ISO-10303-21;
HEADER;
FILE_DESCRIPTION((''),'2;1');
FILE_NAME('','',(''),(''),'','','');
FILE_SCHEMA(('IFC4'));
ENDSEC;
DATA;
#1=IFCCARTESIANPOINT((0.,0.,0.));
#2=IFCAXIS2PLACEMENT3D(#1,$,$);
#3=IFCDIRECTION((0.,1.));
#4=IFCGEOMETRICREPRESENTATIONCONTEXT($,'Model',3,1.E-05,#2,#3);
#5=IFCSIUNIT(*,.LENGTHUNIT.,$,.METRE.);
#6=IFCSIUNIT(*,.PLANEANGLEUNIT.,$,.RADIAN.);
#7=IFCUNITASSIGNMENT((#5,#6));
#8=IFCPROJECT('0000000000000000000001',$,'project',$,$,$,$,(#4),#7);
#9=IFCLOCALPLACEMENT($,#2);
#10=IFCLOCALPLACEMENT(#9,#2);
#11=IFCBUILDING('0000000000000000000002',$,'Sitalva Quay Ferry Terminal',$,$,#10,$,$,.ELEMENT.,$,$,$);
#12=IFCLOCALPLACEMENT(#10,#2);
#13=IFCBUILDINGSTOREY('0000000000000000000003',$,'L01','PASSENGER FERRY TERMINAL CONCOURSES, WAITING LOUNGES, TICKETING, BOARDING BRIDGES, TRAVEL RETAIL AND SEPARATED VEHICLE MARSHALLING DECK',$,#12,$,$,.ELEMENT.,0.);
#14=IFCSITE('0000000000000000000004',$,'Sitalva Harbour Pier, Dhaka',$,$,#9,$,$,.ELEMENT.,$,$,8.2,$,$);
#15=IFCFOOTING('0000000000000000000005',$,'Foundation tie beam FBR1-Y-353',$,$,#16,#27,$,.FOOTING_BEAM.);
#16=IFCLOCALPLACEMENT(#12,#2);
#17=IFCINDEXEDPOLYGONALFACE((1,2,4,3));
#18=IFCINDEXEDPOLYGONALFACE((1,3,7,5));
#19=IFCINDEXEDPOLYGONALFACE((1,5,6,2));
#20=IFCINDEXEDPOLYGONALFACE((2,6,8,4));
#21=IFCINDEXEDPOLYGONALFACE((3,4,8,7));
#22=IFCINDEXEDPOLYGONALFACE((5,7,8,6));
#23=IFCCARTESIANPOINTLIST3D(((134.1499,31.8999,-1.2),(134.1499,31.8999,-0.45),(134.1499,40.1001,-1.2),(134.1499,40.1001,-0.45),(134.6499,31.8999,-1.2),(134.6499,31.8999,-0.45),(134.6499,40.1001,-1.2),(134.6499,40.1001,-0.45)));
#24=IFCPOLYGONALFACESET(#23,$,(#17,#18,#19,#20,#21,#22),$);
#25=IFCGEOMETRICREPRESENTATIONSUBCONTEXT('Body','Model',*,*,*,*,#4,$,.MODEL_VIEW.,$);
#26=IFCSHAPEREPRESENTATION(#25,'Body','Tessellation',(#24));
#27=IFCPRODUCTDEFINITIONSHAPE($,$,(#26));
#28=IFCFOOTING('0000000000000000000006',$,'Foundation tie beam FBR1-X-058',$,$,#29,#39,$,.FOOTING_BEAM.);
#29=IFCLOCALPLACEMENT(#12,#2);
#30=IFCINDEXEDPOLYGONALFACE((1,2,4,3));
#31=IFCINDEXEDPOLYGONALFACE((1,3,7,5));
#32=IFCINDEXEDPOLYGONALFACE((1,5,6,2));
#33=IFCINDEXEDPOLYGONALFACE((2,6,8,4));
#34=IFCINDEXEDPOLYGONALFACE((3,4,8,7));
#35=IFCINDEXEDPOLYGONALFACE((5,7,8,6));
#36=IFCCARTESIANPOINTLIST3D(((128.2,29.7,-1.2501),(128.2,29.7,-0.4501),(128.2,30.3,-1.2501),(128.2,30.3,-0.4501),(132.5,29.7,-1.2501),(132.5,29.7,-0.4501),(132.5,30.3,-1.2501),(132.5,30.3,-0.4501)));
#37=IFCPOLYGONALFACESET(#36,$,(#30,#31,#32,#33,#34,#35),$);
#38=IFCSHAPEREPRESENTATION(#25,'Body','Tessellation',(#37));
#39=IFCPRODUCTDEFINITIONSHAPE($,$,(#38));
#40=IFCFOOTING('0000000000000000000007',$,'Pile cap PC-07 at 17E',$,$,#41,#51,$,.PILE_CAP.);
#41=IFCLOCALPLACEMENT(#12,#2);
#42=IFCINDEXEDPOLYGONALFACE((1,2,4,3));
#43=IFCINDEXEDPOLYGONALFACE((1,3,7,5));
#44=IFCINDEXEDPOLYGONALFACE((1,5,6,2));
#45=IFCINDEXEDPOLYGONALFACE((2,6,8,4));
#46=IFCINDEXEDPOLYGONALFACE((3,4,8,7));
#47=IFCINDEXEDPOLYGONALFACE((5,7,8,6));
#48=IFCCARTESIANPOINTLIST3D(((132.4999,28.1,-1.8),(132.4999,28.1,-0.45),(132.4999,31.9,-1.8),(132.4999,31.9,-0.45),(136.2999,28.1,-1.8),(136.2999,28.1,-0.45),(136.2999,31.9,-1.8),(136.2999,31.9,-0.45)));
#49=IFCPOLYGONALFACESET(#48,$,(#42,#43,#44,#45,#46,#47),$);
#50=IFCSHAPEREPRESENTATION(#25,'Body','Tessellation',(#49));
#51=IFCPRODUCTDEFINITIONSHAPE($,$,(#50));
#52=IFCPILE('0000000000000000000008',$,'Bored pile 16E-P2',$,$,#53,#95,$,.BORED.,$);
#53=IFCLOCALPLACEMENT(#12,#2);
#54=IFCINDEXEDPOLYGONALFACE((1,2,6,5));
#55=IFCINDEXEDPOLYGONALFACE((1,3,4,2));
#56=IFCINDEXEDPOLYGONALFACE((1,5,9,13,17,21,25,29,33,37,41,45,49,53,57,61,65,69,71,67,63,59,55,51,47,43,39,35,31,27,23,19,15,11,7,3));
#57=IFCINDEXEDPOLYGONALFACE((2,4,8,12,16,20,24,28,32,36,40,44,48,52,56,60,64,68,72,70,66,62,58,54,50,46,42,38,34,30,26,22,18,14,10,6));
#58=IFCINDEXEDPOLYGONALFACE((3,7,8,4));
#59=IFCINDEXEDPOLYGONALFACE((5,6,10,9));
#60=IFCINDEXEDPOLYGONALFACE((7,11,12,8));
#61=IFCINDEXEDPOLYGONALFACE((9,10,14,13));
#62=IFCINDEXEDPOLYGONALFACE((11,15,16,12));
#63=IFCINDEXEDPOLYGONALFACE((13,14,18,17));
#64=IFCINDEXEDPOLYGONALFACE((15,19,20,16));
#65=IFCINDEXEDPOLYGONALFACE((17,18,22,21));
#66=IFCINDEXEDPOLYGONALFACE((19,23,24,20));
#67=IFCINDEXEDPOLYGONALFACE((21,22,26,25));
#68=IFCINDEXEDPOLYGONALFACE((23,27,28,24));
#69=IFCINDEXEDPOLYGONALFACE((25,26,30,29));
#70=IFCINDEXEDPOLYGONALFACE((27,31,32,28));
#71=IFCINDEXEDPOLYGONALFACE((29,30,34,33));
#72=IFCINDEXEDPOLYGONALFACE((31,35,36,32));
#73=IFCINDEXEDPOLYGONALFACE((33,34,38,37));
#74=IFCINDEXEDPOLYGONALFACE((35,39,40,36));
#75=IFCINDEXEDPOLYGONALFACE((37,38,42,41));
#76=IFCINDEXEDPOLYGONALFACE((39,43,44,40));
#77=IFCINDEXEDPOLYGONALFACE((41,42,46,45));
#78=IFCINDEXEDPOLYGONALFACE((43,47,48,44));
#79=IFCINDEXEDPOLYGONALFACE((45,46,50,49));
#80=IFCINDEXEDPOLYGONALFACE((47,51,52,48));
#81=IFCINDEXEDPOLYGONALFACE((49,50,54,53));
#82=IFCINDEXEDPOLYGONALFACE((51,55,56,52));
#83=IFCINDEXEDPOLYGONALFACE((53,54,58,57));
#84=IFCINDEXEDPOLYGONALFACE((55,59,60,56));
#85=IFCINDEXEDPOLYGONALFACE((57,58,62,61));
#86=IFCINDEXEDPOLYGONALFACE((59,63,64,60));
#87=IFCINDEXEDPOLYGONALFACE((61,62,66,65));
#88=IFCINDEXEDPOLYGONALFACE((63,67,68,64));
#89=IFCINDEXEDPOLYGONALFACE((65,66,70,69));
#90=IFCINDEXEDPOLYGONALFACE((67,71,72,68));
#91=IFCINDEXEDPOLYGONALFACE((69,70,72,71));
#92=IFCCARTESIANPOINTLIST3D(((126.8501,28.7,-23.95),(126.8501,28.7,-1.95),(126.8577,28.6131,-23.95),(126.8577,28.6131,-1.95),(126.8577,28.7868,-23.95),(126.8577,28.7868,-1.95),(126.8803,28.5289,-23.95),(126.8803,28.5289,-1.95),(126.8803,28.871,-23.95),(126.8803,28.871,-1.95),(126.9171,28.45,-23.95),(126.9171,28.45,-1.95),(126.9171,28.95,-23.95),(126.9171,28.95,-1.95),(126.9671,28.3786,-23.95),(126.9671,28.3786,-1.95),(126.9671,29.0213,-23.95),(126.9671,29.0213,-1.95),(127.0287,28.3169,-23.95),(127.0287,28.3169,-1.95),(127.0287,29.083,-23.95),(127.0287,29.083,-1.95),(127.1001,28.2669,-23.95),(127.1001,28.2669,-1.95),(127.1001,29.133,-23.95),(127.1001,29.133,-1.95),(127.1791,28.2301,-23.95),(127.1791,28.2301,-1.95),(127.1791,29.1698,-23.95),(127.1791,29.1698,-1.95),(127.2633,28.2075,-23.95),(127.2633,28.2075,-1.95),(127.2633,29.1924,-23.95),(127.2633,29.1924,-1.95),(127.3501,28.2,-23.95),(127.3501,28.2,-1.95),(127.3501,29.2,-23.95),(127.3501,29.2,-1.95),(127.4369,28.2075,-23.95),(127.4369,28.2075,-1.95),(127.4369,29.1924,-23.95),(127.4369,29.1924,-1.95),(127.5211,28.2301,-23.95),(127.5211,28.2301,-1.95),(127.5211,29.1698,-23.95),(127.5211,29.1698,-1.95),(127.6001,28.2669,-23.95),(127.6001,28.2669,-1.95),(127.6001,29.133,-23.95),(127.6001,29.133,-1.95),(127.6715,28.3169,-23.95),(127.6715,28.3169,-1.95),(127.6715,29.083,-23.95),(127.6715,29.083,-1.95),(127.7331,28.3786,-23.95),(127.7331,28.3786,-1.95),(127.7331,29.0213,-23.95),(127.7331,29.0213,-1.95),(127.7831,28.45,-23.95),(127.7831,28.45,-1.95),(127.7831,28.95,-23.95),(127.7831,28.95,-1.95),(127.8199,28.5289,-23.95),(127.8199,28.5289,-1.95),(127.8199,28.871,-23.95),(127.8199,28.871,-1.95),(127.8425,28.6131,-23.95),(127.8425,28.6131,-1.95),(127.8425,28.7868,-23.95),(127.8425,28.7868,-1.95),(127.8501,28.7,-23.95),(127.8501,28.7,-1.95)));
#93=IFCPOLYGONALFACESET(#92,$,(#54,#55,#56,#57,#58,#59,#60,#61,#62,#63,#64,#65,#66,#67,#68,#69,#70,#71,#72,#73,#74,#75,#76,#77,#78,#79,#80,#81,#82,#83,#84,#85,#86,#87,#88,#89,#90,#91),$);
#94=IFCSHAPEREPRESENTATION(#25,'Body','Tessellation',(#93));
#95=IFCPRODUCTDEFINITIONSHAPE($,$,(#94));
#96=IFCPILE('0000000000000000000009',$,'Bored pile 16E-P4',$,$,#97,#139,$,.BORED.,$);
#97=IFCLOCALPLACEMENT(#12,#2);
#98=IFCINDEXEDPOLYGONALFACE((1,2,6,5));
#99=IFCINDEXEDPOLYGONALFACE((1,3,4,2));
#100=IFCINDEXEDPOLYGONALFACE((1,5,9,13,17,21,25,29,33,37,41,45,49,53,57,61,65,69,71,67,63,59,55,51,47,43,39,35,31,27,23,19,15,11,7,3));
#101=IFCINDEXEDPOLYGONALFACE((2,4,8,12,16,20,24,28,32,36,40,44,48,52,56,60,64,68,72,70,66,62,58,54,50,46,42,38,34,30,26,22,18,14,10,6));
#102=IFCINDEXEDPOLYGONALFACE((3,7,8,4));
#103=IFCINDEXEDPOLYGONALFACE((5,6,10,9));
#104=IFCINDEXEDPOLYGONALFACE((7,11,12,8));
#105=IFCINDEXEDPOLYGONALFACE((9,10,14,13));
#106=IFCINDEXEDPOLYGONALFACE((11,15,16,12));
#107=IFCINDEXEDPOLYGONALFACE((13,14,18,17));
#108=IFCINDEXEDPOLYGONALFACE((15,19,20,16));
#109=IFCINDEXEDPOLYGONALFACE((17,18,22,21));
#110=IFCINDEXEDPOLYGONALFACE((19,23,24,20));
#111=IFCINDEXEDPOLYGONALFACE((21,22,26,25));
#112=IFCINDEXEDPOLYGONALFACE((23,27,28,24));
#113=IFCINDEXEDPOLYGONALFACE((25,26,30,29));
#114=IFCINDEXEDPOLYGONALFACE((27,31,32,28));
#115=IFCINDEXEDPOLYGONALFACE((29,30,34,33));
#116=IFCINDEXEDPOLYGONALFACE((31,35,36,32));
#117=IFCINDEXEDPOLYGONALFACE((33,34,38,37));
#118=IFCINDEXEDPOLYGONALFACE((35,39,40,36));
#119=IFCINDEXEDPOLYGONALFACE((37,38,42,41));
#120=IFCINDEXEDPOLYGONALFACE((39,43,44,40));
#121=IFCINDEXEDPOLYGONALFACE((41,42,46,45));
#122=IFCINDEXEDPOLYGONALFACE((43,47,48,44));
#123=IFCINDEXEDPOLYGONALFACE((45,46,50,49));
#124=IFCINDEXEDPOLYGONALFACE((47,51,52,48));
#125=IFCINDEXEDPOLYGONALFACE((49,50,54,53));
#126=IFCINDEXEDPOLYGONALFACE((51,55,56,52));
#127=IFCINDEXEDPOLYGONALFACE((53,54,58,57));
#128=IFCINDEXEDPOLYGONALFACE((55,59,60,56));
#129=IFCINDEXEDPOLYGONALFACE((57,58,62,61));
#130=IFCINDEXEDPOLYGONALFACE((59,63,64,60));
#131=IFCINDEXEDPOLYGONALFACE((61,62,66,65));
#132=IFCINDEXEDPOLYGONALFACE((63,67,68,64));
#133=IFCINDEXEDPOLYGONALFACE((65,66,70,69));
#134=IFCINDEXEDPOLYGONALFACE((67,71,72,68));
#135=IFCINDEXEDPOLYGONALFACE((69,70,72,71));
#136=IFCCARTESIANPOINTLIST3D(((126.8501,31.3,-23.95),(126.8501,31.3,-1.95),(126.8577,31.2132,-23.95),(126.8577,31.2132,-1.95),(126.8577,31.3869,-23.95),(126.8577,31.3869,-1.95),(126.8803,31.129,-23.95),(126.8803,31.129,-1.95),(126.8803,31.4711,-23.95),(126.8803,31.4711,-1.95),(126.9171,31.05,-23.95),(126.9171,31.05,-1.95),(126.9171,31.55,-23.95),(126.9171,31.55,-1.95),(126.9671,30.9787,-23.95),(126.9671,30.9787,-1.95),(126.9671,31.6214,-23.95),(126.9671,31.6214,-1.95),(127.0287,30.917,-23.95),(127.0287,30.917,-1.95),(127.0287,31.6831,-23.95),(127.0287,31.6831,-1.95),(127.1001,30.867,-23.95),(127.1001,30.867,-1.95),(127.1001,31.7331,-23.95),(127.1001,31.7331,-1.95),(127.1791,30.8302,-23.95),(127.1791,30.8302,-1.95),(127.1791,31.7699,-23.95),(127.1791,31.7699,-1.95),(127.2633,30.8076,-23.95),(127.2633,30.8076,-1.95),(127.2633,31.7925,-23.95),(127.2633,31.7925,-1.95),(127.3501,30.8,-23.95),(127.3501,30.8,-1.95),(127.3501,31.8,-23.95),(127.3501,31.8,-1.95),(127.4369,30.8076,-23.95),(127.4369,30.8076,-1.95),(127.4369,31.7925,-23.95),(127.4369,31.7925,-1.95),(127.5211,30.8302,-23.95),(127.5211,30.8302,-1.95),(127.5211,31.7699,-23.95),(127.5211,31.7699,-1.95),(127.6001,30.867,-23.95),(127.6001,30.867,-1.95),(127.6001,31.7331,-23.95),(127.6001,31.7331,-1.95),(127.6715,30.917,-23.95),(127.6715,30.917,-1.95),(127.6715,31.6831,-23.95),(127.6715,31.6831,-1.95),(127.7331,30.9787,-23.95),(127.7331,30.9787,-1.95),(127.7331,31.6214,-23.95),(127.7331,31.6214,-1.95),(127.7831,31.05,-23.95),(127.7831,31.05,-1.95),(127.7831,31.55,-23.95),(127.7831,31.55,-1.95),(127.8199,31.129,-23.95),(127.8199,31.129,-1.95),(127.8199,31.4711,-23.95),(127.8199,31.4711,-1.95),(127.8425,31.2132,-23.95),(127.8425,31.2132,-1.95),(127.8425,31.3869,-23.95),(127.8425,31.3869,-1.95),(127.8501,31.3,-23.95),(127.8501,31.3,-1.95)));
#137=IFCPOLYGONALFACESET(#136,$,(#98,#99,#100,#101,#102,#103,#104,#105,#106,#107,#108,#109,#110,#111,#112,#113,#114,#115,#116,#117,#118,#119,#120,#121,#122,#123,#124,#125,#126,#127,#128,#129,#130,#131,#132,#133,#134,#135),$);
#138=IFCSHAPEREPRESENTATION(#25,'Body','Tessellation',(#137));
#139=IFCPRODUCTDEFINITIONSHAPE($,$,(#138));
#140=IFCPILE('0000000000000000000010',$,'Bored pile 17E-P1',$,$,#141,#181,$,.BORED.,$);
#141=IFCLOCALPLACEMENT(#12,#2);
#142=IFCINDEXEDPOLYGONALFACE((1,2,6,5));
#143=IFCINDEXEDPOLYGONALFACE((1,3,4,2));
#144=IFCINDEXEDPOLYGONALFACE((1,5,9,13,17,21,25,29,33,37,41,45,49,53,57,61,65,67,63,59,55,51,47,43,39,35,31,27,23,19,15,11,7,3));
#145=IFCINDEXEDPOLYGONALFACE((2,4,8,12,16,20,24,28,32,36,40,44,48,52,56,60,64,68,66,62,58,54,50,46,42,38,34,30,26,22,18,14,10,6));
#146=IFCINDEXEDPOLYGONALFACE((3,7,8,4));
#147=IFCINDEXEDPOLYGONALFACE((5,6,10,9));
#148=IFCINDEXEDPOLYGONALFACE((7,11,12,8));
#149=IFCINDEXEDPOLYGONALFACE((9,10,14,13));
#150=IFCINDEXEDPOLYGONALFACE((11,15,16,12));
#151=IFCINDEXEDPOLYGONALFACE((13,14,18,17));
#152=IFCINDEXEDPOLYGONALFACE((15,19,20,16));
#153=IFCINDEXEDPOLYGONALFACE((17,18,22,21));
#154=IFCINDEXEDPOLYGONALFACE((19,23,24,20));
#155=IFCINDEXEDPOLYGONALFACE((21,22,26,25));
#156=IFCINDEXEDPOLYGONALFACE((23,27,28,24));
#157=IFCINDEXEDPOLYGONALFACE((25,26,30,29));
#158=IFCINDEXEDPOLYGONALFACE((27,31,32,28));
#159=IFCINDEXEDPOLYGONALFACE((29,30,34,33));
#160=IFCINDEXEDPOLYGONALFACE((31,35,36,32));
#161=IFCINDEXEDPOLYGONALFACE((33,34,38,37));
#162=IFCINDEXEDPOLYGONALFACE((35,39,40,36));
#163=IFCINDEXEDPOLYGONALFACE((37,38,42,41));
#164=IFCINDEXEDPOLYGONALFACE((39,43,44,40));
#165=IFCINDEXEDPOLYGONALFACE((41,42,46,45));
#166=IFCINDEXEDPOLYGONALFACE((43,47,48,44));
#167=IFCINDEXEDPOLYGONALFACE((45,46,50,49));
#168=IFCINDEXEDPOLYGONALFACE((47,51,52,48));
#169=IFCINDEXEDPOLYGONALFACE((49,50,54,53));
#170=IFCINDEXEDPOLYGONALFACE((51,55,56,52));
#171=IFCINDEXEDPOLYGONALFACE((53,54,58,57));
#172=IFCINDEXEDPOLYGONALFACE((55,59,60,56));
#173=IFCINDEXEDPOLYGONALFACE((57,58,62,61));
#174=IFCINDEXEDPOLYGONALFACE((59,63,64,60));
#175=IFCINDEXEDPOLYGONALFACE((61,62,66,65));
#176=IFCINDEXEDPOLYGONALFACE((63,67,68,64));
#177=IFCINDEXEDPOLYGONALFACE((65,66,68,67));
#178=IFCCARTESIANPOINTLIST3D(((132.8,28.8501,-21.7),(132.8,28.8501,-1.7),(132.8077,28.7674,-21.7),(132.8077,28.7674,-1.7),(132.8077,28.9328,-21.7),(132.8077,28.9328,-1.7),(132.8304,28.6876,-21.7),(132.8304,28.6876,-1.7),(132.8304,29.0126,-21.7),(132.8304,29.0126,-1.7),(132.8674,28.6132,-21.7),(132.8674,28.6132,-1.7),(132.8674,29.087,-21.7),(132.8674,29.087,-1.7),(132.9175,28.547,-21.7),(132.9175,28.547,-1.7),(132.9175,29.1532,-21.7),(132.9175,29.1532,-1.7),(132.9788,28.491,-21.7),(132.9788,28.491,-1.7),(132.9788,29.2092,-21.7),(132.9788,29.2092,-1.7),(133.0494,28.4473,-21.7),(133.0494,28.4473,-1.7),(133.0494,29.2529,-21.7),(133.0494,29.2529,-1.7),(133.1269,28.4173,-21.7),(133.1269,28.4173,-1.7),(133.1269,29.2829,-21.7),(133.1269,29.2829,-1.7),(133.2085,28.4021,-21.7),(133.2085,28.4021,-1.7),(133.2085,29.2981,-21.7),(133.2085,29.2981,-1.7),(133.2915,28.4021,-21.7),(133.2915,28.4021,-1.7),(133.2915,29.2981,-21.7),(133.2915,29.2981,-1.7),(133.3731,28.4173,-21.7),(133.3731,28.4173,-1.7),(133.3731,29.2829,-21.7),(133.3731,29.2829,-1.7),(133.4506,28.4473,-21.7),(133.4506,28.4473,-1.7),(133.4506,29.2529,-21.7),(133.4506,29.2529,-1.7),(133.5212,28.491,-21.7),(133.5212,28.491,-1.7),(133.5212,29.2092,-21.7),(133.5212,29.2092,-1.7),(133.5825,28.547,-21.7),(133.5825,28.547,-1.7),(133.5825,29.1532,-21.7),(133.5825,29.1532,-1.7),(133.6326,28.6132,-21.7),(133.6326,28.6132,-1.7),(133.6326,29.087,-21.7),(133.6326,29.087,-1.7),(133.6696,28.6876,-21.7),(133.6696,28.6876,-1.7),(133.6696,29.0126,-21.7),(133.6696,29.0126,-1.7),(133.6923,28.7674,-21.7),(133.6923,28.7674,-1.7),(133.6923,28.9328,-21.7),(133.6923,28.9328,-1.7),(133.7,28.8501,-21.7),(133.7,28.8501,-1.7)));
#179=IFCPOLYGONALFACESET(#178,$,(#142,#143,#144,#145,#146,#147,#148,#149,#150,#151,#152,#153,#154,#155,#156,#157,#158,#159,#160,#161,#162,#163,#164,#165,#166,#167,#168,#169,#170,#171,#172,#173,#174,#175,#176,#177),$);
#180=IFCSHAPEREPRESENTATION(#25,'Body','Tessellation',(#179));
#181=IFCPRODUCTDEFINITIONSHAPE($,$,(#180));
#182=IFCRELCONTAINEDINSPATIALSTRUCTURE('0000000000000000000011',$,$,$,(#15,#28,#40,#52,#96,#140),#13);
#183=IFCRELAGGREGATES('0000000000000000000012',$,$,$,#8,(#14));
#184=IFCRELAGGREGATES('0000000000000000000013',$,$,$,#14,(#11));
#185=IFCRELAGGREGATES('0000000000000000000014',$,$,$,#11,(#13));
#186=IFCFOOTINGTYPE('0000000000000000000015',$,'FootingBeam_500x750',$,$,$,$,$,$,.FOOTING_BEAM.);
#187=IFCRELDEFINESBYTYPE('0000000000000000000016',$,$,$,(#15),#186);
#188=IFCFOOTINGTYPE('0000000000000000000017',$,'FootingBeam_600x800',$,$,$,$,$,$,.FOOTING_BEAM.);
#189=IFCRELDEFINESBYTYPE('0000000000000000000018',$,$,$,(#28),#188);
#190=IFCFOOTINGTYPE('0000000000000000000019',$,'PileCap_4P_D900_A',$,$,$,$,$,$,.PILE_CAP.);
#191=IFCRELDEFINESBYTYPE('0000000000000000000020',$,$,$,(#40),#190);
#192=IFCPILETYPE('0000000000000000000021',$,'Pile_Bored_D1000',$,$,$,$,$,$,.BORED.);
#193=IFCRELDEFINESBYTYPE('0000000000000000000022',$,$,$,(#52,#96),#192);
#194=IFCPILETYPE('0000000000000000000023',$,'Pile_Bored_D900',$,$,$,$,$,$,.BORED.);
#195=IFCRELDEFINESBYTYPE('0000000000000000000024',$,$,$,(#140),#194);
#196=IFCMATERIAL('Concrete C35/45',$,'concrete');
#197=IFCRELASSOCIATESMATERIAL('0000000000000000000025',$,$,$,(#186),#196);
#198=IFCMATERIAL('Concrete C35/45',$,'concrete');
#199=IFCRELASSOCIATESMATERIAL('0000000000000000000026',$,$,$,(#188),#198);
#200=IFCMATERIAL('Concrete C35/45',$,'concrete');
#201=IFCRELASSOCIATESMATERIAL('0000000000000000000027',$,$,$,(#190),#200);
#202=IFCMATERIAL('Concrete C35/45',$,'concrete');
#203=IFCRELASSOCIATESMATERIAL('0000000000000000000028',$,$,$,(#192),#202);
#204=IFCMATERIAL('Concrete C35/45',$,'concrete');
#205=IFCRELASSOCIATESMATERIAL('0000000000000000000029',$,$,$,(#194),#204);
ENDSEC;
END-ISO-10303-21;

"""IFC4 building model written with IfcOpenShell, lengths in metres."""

from ifc_helpers import new_model, si_unit, direction, frame, origin, origin_2d, place, context, subcontext, project, spatial, rectangle, circle, extrude, material, material_profile, profile_set, type_object, element, save


model = new_model("IFC4")

# Units and contexts
model_context = context("Model", 3, precision=1e-05, world=origin(), true_north=direction((0.0, 1.0)))
body_context = subcontext(model_context, "Body", "Model", "MODEL_VIEW")
ifc_project = project(units=[si_unit("LENGTHUNIT", "METRE"), si_unit("PLANEANGLEUNIT", "RADIAN")], contexts=[model_context])

# Site, building, storey
site_placement = place(None, origin())
site = spatial("IfcSite", under=ifc_project, at=site_placement, Name="Sitalva Harbour Pier, Dhaka", CompositionType="ELEMENT", RefElevation=8.2)
building_placement = place(site_placement, origin())
building = spatial("IfcBuilding", under=site, at=building_placement, Name="Sitalva Quay Ferry Terminal", CompositionType="ELEMENT")
storey_placement = place(building_placement, origin())
storey = spatial("IfcBuildingStorey", under=building, at=storey_placement, Name="L01", Description="PASSENGER FERRY TERMINAL CONCOURSES, WAITING LOUNGES, TICKETING, BOARDING BRIDGES, TRAVEL RETAIL AND SEPARATED VEHICLE MARSHALLING DECK", CompositionType="ELEMENT", Elevation=0.0)

# Footings
ifc_material_1 = material(Name="Concrete C35/45", Category="concrete")
ifc_material_profile_1 = material_profile(ifc_material_1, rectangle(XDim=0.5, YDim=0.75, at=origin_2d()), Name="RC500x750")
ifc_profile_set_1 = profile_set([ifc_material_profile_1], Name="Concrete C35/45")
footing_type_1 = type_object("IfcFootingType", Name="FootingBeam_500x750", PredefinedType="FOOTING_BEAM", material=ifc_profile_set_1)
footing_1_placement = place(storey_placement, frame((134.3999, 31.8999, -0.825), z_axis=(0.0, 1.0, 0.0), x_axis=(-1.0, 0.0, 0.0)))
element("IfcFooting", 1, at=footing_1_placement, inside=storey, type_object=footing_type_1, Name="Foundation tie beam FBR1-Y-353", PredefinedType="FOOTING_BEAM", context=body_context, shape_type="SweptSolid", body=[
    extrude(rectangle(XDim=0.5, YDim=0.75, at=origin_2d()), origin(), (0.0, 0.0, 1.0), 8.2002),
])
ifc_material_2 = material(Name="Concrete C35/45", Category="concrete")
ifc_material_profile_2 = material_profile(ifc_material_2, rectangle(XDim=0.6001, YDim=0.8, at=origin_2d()), Name="RC600x800")
ifc_profile_set_2 = profile_set([ifc_material_profile_2], Name="Concrete C35/45")
footing_type_2 = type_object("IfcFootingType", Name="FootingBeam_600x800", PredefinedType="FOOTING_BEAM", material=ifc_profile_set_2)
footing_2_placement = place(storey_placement, frame((128.2, 30.0, -0.8501), z_axis=(1.0, 0.0, 0.0), x_axis=(0.0, 1.0, 0.0)))
element("IfcFooting", 2, at=footing_2_placement, inside=storey, type_object=footing_type_2, Name="Foundation tie beam FBR1-X-058", PredefinedType="FOOTING_BEAM", context=body_context, shape_type="SweptSolid", body=[
    extrude(rectangle(XDim=0.6001, YDim=0.8, at=origin_2d()), origin(), (0.0, 0.0, 1.0), 4.3),
])
ifc_material_3 = material(Name="Concrete C35/45", Category="concrete")
footing_type_3 = type_object("IfcFootingType", Name="PileCap_4P_D900_A", PredefinedType="PILE_CAP", material=ifc_material_3)
footing_3_placement = place(storey_placement, frame((134.3999, 30.0, -1.8), z_axis=(0.0, 0.0, 1.0), x_axis=(1.0, 0.0, 0.0)))
element("IfcFooting", 3, at=footing_3_placement, inside=storey, type_object=footing_type_3, Name="Pile cap PC-07 at 17E", PredefinedType="PILE_CAP", context=body_context, shape_type="SweptSolid", body=[
    extrude(rectangle(XDim=3.8, YDim=3.8, at=origin_2d()), origin(), (0.0, 0.0, 1.0), 1.3501),
])

# Piles
ifc_material_4 = material(Name="Concrete C35/45", Category="concrete")
ifc_material_profile_3 = material_profile(ifc_material_4, circle(Radius=0.5, at=origin_2d()), Name="PILE-D1000")
ifc_profile_set_3 = profile_set([ifc_material_profile_3], Name="Concrete C35/45")
pile_type_1 = type_object("IfcPileType", Name="Pile_Bored_D1000", PredefinedType="BORED", material=ifc_profile_set_3)
for number, where, z_axis, x_axis, name in (
    (4, (127.3501, 28.7, -1.95), (0.0, 0.0, -1.0), (1.0, 0.0, 0.0), "Bored pile 16E-P2"),
    (5, (127.3501, 31.3, -1.95), (0.0, 0.0, -1.0), (1.0, 0.0, 0.0), "Bored pile 16E-P4"),
):
    element("IfcPile", number, at=place(storey_placement, frame(where, z_axis=z_axis, x_axis=x_axis)), inside=storey, type_object=pile_type_1, Name=name, PredefinedType="BORED", context=body_context, shape_type="SweptSolid", body=[
        extrude(circle(Radius=0.5, at=origin_2d()), origin(), (0.0, 0.0, 1.0), 22.0),
    ])
ifc_material_5 = material(Name="Concrete C35/45", Category="concrete")
ifc_material_profile_4 = material_profile(ifc_material_5, circle(Radius=0.45, at=origin_2d()), Name="PILE-D900")
ifc_profile_set_4 = profile_set([ifc_material_profile_4], Name="Concrete C35/45")
pile_type_2 = type_object("IfcPileType", Name="Pile_Bored_D900", PredefinedType="BORED", material=ifc_profile_set_4)
for number, where, z_axis, x_axis, name in (
    (6, (133.25, 28.8501, -1.7), (0.0, 0.0, -1.0), (1.0, 0.0, 0.0), "Bored pile 17E-P1"),
):
    element("IfcPile", number, at=place(storey_placement, frame(where, z_axis=z_axis, x_axis=x_axis)), inside=storey, type_object=pile_type_2, Name=name, PredefinedType="BORED", context=body_context, shape_type="SweptSolid", body=[
        extrude(circle(Radius=0.45, at=origin_2d()), origin(), (0.0, 0.0, 1.0), 20.0),
    ])

save(model, "model.ifc")
